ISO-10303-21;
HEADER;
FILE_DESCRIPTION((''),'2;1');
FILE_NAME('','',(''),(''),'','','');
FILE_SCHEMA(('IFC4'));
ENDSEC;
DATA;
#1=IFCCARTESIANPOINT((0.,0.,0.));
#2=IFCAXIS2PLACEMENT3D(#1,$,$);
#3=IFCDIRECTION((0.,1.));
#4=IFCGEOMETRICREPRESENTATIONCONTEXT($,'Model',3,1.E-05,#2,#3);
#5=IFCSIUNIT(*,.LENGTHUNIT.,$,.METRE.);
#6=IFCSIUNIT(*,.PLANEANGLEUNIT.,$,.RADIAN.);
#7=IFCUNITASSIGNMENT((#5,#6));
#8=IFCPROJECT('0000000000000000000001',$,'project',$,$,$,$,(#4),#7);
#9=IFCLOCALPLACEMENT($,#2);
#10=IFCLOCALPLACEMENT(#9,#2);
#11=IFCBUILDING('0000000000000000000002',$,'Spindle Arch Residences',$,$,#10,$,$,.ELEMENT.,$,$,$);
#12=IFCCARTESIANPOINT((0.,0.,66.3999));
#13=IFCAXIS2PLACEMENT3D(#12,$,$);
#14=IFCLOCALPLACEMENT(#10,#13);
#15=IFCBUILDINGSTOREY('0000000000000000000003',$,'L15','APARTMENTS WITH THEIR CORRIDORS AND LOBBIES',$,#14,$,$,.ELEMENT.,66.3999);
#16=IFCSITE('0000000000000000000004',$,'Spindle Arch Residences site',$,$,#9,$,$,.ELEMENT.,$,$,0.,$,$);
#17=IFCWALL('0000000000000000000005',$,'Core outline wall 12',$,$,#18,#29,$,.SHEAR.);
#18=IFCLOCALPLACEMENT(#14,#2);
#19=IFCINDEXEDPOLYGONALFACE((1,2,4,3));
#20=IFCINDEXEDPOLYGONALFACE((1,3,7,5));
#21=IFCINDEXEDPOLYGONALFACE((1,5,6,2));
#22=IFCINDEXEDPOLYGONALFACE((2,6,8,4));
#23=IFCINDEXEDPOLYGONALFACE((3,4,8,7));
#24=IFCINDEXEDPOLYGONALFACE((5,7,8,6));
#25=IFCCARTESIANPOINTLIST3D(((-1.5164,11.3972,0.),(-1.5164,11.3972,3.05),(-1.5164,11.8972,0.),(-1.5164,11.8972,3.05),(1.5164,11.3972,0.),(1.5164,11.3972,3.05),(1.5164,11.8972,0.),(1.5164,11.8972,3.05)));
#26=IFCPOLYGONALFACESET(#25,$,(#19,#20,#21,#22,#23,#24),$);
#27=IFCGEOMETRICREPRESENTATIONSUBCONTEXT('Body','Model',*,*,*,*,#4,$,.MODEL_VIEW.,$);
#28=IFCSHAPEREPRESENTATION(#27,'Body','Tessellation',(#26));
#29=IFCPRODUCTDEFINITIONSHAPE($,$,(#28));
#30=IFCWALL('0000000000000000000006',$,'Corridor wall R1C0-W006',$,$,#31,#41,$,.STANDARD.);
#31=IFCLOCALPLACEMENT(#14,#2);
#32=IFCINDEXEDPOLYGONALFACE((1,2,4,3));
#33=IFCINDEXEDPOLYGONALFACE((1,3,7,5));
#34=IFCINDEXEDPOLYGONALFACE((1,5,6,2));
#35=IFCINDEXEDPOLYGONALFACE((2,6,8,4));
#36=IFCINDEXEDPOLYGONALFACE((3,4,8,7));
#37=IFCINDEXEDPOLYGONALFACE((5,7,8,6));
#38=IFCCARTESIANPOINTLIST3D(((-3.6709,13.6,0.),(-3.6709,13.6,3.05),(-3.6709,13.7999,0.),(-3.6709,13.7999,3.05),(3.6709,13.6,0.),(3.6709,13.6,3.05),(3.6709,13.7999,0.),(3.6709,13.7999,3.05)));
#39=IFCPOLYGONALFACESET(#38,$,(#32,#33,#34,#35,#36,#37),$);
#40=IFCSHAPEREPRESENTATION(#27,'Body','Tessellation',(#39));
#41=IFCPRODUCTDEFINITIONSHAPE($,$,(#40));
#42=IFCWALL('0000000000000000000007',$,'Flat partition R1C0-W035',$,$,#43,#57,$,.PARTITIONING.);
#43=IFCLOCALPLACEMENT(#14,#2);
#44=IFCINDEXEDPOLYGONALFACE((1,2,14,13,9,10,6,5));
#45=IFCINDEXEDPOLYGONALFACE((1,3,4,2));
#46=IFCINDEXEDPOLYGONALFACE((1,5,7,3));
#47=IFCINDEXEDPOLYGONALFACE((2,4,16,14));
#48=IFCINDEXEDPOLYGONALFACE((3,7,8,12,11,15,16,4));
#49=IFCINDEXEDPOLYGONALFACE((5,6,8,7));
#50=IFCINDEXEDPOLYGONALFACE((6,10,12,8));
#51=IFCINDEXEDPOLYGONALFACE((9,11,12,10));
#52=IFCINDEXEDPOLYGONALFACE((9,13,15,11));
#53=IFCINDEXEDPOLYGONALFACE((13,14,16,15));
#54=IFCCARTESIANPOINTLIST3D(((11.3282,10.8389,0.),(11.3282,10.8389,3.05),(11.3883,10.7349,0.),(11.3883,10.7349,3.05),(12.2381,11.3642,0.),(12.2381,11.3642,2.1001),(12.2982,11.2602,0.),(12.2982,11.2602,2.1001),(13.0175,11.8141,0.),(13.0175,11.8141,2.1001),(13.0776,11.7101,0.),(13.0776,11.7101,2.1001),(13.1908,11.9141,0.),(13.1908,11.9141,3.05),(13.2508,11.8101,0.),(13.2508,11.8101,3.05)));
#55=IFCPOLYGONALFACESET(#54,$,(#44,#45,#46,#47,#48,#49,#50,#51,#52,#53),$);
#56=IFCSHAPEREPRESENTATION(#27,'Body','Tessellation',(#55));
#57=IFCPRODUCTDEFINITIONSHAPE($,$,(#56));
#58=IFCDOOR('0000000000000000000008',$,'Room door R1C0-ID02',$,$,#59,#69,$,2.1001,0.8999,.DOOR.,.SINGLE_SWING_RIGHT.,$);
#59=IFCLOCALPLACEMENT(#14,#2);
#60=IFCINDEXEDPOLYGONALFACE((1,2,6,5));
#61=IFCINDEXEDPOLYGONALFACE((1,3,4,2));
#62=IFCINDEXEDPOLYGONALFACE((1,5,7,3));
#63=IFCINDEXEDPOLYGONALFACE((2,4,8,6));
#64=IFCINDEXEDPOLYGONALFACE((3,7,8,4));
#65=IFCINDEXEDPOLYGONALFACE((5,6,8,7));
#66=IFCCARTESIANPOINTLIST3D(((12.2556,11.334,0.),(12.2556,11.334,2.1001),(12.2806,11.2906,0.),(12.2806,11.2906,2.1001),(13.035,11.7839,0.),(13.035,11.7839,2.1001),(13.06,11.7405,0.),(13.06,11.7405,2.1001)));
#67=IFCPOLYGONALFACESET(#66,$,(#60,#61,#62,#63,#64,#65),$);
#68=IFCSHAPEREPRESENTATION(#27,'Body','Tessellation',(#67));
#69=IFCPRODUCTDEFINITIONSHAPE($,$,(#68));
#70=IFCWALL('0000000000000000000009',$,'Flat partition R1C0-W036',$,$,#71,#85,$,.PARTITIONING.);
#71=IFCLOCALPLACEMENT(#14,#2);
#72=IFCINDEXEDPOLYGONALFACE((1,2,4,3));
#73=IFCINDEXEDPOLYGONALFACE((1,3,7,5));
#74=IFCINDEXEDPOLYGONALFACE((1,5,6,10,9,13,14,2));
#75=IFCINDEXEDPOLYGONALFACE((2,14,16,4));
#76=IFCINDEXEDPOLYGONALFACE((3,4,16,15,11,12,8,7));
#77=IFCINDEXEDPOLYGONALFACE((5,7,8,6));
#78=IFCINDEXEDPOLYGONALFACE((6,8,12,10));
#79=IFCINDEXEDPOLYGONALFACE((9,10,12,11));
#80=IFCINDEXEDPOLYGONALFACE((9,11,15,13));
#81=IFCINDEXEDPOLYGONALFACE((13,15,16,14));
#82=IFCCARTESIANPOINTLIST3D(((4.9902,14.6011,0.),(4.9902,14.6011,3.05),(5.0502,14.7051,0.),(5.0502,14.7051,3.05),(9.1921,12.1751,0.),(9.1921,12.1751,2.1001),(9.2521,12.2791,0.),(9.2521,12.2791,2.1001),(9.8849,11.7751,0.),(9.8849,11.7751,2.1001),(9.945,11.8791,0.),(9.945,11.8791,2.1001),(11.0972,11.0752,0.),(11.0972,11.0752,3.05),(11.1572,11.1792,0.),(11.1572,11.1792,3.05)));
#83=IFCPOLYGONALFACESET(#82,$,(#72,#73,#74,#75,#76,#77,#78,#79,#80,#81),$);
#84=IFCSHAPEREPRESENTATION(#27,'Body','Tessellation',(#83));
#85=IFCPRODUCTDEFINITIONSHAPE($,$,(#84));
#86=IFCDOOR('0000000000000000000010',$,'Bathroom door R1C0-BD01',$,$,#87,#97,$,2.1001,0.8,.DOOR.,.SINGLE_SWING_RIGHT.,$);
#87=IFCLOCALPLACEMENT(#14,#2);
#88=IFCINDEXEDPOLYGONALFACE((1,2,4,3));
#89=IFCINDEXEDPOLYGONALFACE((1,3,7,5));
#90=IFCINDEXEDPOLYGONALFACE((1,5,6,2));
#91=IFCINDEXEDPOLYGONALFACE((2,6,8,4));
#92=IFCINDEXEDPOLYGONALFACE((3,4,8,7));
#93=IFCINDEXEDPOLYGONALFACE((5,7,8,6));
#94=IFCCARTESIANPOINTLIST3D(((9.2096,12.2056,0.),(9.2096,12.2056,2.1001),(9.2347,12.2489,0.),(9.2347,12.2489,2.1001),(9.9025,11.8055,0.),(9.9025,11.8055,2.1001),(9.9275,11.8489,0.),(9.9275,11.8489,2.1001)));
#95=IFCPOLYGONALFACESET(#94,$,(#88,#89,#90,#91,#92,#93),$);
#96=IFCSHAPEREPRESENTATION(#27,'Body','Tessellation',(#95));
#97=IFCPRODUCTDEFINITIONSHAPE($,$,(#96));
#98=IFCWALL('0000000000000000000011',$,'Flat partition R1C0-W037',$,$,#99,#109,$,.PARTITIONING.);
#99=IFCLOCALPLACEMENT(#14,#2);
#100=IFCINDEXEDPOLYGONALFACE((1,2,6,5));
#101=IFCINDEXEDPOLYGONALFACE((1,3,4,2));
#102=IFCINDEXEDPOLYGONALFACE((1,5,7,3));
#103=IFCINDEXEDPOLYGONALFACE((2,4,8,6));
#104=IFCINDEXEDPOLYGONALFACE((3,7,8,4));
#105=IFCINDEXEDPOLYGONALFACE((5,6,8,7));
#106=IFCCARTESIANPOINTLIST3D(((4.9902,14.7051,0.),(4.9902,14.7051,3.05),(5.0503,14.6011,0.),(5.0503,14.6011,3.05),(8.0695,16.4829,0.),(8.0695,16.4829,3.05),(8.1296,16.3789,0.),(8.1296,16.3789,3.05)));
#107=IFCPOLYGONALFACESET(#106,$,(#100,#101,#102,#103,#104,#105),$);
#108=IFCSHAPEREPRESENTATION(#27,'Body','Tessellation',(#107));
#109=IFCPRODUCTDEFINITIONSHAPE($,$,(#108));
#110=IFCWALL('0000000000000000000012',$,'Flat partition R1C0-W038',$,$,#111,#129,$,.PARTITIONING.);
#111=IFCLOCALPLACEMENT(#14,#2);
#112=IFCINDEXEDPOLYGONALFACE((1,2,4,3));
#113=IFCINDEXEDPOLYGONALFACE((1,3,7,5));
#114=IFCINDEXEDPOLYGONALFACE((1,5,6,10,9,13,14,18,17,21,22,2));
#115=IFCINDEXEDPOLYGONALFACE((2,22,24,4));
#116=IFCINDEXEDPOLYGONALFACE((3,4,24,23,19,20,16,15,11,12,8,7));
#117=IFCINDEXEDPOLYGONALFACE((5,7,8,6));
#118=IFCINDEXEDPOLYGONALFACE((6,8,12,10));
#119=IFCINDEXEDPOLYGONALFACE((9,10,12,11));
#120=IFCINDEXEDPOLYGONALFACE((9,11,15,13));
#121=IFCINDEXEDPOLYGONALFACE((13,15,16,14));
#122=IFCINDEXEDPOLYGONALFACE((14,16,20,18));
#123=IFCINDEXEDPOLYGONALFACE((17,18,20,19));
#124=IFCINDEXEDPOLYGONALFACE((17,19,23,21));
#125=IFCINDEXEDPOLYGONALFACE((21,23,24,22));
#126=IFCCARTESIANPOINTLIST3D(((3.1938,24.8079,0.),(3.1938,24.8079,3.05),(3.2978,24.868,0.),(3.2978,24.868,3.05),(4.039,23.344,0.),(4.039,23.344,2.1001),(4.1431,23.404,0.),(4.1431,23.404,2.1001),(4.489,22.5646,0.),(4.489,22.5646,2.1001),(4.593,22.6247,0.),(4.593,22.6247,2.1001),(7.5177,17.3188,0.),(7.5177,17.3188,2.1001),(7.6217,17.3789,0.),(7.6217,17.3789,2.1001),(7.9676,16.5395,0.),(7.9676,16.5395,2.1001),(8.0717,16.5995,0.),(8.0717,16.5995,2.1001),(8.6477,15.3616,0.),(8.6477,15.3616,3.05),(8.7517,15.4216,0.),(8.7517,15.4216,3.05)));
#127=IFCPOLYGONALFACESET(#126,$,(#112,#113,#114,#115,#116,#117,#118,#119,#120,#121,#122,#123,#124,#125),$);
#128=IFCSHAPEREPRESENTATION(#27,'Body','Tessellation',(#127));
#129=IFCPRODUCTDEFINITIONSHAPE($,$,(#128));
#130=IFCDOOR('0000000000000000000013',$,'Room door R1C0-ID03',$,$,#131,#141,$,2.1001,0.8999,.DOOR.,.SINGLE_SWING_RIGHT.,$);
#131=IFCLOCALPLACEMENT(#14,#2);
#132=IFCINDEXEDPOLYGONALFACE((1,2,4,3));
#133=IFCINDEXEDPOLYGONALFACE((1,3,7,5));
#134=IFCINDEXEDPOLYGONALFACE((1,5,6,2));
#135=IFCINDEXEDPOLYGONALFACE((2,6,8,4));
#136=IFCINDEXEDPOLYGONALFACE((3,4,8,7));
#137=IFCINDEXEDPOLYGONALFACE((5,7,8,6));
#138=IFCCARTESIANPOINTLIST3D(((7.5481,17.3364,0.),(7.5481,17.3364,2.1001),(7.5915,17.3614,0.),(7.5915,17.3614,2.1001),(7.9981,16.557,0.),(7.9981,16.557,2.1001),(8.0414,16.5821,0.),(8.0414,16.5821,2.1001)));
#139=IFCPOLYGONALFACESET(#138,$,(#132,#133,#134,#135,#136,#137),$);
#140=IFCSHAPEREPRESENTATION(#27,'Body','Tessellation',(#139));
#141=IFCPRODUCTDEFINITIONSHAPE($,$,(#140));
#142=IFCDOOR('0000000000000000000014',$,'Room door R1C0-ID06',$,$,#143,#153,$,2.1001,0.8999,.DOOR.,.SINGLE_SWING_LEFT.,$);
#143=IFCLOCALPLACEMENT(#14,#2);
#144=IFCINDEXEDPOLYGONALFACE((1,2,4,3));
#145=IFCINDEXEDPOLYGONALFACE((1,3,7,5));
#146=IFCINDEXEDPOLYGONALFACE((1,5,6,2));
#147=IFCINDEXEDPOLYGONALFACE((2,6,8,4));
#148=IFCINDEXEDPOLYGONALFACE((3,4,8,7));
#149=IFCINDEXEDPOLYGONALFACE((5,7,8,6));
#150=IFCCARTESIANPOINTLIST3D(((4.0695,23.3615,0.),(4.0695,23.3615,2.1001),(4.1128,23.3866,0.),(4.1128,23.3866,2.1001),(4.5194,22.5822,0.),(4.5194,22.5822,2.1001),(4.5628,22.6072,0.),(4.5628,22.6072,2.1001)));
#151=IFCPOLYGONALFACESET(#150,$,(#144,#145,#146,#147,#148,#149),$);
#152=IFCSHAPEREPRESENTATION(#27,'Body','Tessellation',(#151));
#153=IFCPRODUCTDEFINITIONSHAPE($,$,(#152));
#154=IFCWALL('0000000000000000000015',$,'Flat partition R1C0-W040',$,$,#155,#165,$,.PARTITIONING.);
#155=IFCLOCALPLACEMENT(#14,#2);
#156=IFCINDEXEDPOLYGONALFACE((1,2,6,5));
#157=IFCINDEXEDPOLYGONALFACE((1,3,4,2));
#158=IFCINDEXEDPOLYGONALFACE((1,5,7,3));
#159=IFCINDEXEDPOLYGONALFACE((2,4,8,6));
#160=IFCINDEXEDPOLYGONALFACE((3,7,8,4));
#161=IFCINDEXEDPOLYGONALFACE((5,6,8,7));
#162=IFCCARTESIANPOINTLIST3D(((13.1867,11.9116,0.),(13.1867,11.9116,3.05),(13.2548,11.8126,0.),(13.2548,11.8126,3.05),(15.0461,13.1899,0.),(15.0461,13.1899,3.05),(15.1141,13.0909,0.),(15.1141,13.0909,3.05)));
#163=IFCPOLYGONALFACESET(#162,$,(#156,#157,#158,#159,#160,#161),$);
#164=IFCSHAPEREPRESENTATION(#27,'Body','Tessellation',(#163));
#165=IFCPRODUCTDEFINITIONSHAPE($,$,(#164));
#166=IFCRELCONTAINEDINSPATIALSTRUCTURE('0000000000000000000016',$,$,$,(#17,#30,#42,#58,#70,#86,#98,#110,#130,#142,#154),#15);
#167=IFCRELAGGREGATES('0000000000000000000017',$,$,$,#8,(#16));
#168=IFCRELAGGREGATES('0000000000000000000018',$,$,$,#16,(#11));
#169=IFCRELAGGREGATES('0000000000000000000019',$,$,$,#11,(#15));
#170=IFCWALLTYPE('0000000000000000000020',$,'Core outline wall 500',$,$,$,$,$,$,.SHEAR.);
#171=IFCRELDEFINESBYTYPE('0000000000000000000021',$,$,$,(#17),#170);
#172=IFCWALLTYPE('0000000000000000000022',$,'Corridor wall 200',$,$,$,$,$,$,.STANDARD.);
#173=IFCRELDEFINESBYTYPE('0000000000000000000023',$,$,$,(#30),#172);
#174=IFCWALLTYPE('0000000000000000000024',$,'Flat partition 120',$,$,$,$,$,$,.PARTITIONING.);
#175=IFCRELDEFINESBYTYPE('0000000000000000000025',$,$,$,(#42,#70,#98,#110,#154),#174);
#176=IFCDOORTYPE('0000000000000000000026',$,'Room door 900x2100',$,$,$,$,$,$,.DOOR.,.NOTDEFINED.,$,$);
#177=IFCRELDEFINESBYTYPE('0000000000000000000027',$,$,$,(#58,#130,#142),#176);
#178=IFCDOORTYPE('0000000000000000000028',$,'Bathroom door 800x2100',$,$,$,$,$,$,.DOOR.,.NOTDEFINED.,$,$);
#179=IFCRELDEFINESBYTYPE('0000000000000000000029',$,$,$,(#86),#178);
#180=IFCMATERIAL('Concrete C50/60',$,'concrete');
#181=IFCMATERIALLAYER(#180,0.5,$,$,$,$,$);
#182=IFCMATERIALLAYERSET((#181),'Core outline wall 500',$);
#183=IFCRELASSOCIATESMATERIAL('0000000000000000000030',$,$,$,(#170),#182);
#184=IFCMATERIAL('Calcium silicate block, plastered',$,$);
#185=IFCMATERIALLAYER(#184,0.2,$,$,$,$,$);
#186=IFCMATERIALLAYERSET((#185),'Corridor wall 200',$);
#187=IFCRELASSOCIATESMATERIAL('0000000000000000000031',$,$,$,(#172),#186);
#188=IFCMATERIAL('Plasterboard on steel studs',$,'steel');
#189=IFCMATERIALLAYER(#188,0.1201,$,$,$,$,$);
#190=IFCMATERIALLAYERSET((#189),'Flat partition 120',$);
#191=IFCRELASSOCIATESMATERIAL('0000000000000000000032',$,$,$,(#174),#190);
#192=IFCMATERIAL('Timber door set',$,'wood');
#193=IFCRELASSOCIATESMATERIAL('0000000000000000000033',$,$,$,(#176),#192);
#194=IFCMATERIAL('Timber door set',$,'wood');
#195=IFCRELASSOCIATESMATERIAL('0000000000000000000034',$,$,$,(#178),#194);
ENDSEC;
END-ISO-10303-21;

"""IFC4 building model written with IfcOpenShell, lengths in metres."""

from ifc_helpers import new_model, si_unit, direction, frame, frame_2d, origin, place, context, subcontext, project, spatial, rectangle, extrude, material, layer, layer_set, type_object, element, fill, save


model = new_model("IFC4")

# Units and contexts
model_context = context("Model", 3, precision=1e-05, world=origin(), true_north=direction((0.0, 1.0)))
body_context = subcontext(model_context, "Body", "Model", "MODEL_VIEW")
ifc_project = project(units=[si_unit("LENGTHUNIT", "METRE"), si_unit("PLANEANGLEUNIT", "RADIAN")], contexts=[model_context])

# Site, building, storey
site_placement = place(None, origin())
site = spatial("IfcSite", under=ifc_project, at=site_placement, Name="Spindle Arch Residences site", CompositionType="ELEMENT", RefElevation=0.0)
building_placement = place(site_placement, origin())
building = spatial("IfcBuilding", under=site, at=building_placement, Name="Spindle Arch Residences", CompositionType="ELEMENT")
storey_placement = place(building_placement, frame((0.0, 0.0, 66.3999)))
storey = spatial("IfcBuildingStorey", under=building, at=storey_placement, Name="L15", Description="APARTMENTS WITH THEIR CORRIDORS AND LOBBIES", CompositionType="ELEMENT", Elevation=66.3999)

# Walls
ifc_material_1 = material(Name="Concrete C50/60", Category="concrete")
ifc_layer_1 = layer(ifc_material_1, 0.5)
ifc_layer_set_1 = layer_set([ifc_layer_1], Name="Core outline wall 500")
wall_type_1 = type_object("IfcWallType", Name="Core outline wall 500", PredefinedType="SHEAR", material=ifc_layer_set_1)
wall_1_placement = place(storey_placement, frame((1.5164, 11.6472, 0.0), z_axis=(0.0, 0.0, 1.0), x_axis=(-1.0, 0.0, 0.0)))
element("IfcWall", 1, at=wall_1_placement, inside=storey, type_object=wall_type_1, Name="Core outline wall 12", PredefinedType="SHEAR", context=body_context, shape_type="SweptSolid", body=[
    extrude(rectangle(XDim=3.0327, YDim=0.5, at=frame_2d((1.5164, 0.0))), origin(), (0.0, 0.0, 1.0), 3.05),
])
ifc_material_2 = material(Name="Calcium silicate block, plastered")
ifc_layer_2 = layer(ifc_material_2, 0.2)
ifc_layer_set_2 = layer_set([ifc_layer_2], Name="Corridor wall 200")
wall_type_2 = type_object("IfcWallType", Name="Corridor wall 200", PredefinedType="STANDARD", material=ifc_layer_set_2)
wall_2_placement = place(storey_placement, frame((3.6709, 13.7, 0.0), z_axis=(0.0, 0.0, 1.0), x_axis=(-1.0, 0.0, 0.0)))
element("IfcWall", 2, at=wall_2_placement, inside=storey, type_object=wall_type_2, Name="Corridor wall R1C0-W006", PredefinedType="STANDARD", context=body_context, shape_type="SweptSolid", body=[
    extrude(rectangle(XDim=7.3418, YDim=0.2, at=frame_2d((3.6709, 0.0))), origin(), (0.0, 0.0, 1.0), 3.05),
])

# Walls, openings, doors
ifc_material_3 = material(Name="Plasterboard on steel studs", Category="steel")
ifc_layer_3 = layer(ifc_material_3, 0.1201)
ifc_layer_set_3 = layer_set([ifc_layer_3], Name="Flat partition 120")
wall_type_3 = type_object("IfcWallType", Name="Flat partition 120", PredefinedType="PARTITIONING", material=ifc_layer_set_3)
wall_3_placement = place(storey_placement, frame((13.2207, 11.8621, 0.0), z_axis=(0.0, 0.0, 1.0), x_axis=(-0.866055, -0.499948, 0.0)))
wall_3 = element("IfcWall", 3, at=wall_3_placement, inside=storey, type_object=wall_type_3, Name="Flat partition R1C0-W035", PredefinedType="PARTITIONING", context=body_context, shape_type="SweptSolid", body=[
    extrude(rectangle(XDim=2.1506, YDim=0.1201, at=frame_2d((1.0752, 0.0))), origin(), (0.0, 0.0, 1.0), 3.05),
])
opening_1_placement = place(wall_3_placement, frame((0.2, 0.0, 0.0)))
opening_1 = element("IfcOpeningElement", 4, at=opening_1_placement, cuts=wall_3, PredefinedType="OPENING", context=body_context, shape_type="SweptSolid", body=[
    extrude(rectangle(XDim=0.8999, YDim=2.1001, at=frame_2d((0.45, 1.05))), frame((0.0, 0.0701, 0.0), z_axis=(0.0, -1.0, 0.0), x_axis=(1.0, 0.0, 0.0)), (0.0, 0.0, 1.0), 0.1401),
])
ifc_material_4 = material(Name="Timber door set", Category="wood")
door_type_1 = type_object("IfcDoorType", Name="Room door 900x2100", OperationType="NOTDEFINED", PredefinedType="DOOR", material=ifc_material_4)
door_1_placement = place(opening_1_placement, origin())
door_1 = element("IfcDoor", 5, at=door_1_placement, inside=storey, type_object=door_type_1, Name="Room door R1C0-ID02", OperationType="SINGLE_SWING_RIGHT", OverallHeight=2.1001, OverallWidth=0.8999, PredefinedType="DOOR", context=body_context, shape_type="SweptSolid", body=[
    extrude(rectangle(XDim=0.8999, YDim=2.1001, at=frame_2d((0.45, 1.05))), frame((0.0, 0.0249, 0.0), z_axis=(0.0, -1.0, 0.0), x_axis=(1.0, 0.0, 0.0)), (0.0, 0.0, 1.0), 0.05),
])
fill(opening_1, door_1)
wall_4_placement = place(storey_placement, frame((11.1272, 11.1272, 0.0), z_axis=(0.0, 0.0, 1.0), x_axis=(-0.866023, 0.500004, 0.0)))
wall_4 = element("IfcWall", 6, at=wall_4_placement, inside=storey, type_object=wall_type_3, Name="Flat partition R1C0-W036", PredefinedType="PARTITIONING", context=body_context, shape_type="SweptSolid", body=[
    extrude(rectangle(XDim=7.0518, YDim=0.1201, at=frame_2d((3.5259, 0.0))), origin(), (0.0, 0.0, 1.0), 3.05),
])
opening_2_placement = place(wall_4_placement, frame((1.3999, 0.0, 0.0)))
opening_2 = element("IfcOpeningElement", 7, at=opening_2_placement, cuts=wall_4, PredefinedType="OPENING", context=body_context, shape_type="SweptSolid", body=[
    extrude(rectangle(XDim=0.8, YDim=2.1001, at=frame_2d((0.3999, 1.05))), frame((0.0, 0.0701, 0.0), z_axis=(0.0, -1.0, 0.0), x_axis=(1.0, 0.0, 0.0)), (0.0, 0.0, 1.0), 0.1401),
])
ifc_material_5 = material(Name="Timber door set", Category="wood")
door_type_2 = type_object("IfcDoorType", Name="Bathroom door 800x2100", OperationType="NOTDEFINED", PredefinedType="DOOR", material=ifc_material_5)
door_2_placement = place(opening_2_placement, origin())
door_2 = element("IfcDoor", 8, at=door_2_placement, inside=storey, type_object=door_type_2, Name="Bathroom door R1C0-BD01", OperationType="SINGLE_SWING_RIGHT", OverallHeight=2.1001, OverallWidth=0.8, PredefinedType="DOOR", context=body_context, shape_type="SweptSolid", body=[
    extrude(rectangle(XDim=0.8, YDim=2.1001, at=frame_2d((0.3999, 1.05))), frame((0.0, 0.0249, 0.0), z_axis=(0.0, -1.0, 0.0), x_axis=(1.0, 0.0, 0.0)), (0.0, 0.0, 1.0), 0.05),
])
fill(opening_2, door_2)

# Wall
wall_5_placement = place(storey_placement, frame((5.0203, 14.6531, 0.0), z_axis=(0.0, 0.0, 1.0), x_axis=(0.866029, 0.499994, 0.0)))
element("IfcWall", 9, at=wall_5_placement, inside=storey, type_object=wall_type_3, Name="Flat partition R1C0-W037", PredefinedType="PARTITIONING", context=body_context, shape_type="SweptSolid", body=[
    extrude(rectangle(XDim=3.5557, YDim=0.1201, at=frame_2d((1.7778, 0.0))), origin(), (0.0, 0.0, 1.0), 3.05),
])

# Wall, openings, doors
wall_6_placement = place(storey_placement, frame((8.6997, 15.3916, 0.0), z_axis=(0.0, 0.0, 1.0), x_axis=(-0.500003, 0.866024, 0.0)))
wall_6 = element("IfcWall", 10, at=wall_6_placement, inside=storey, type_object=wall_type_3, Name="Flat partition R1C0-W038", PredefinedType="PARTITIONING", context=body_context, shape_type="SweptSolid", body=[
    extrude(rectangle(XDim=10.9077, YDim=0.1201, at=frame_2d((5.4539, 0.0))), origin(), (0.0, 0.0, 1.0), 3.05),
])
opening_3_placement = place(wall_6_placement, frame((1.3601, 0.0, 0.0)))
opening_3 = element("IfcOpeningElement", 11, at=opening_3_placement, cuts=wall_6, PredefinedType="OPENING", context=body_context, shape_type="SweptSolid", body=[
    extrude(rectangle(XDim=0.8999, YDim=2.1001, at=frame_2d((0.45, 1.05))), frame((0.0, 0.0701, 0.0), z_axis=(0.0, -1.0, 0.0), x_axis=(1.0, 0.0, 0.0)), (0.0, 0.0, 1.0), 0.1401),
])
opening_4_placement = place(wall_6_placement, frame((8.3174, 0.0, 0.0)))
opening_4 = element("IfcOpeningElement", 12, at=opening_4_placement, cuts=wall_6, PredefinedType="OPENING", context=body_context, shape_type="SweptSolid", body=[
    extrude(rectangle(XDim=0.8999, YDim=2.1001, at=frame_2d((0.45, 1.05))), frame((0.0, 0.0701, 0.0), z_axis=(0.0, -1.0, 0.0), x_axis=(1.0, 0.0, 0.0)), (0.0, 0.0, 1.0), 0.1401),
])
door_3_placement = place(opening_3_placement, origin())
door_3 = element("IfcDoor", 13, at=door_3_placement, inside=storey, type_object=door_type_1, Name="Room door R1C0-ID03", OperationType="SINGLE_SWING_RIGHT", OverallHeight=2.1001, OverallWidth=0.8999, PredefinedType="DOOR", context=body_context, shape_type="SweptSolid", body=[
    extrude(rectangle(XDim=0.8999, YDim=2.1001, at=frame_2d((0.45, 1.05))), frame((0.0, 0.0249, 0.0), z_axis=(0.0, -1.0, 0.0), x_axis=(1.0, 0.0, 0.0)), (0.0, 0.0, 1.0), 0.05),
])
fill(opening_3, door_3)
door_4_placement = place(opening_4_placement, origin())
door_4 = element("IfcDoor", 14, at=door_4_placement, inside=storey, type_object=door_type_1, Name="Room door R1C0-ID06", OperationType="SINGLE_SWING_LEFT", OverallHeight=2.1001, OverallWidth=0.8999, PredefinedType="DOOR", context=body_context, shape_type="SweptSolid", body=[
    extrude(rectangle(XDim=0.8999, YDim=2.1001, at=frame_2d((0.45, 1.05))), frame((0.0, 0.0249, 0.0), z_axis=(0.0, -1.0, 0.0), x_axis=(1.0, 0.0, 0.0)), (0.0, 0.0, 1.0), 0.05),
])
fill(opening_4, door_4)

# Wall
wall_7_placement = place(storey_placement, frame((15.0801, 13.1404, 0.0), z_axis=(0.0, 0.0, 1.0), x_axis=(-0.824042, -0.566529, 0.0)))
element("IfcWall", 15, at=wall_7_placement, inside=storey, type_object=wall_type_3, Name="Flat partition R1C0-W040", PredefinedType="PARTITIONING", context=body_context, shape_type="SweptSolid", body=[
    extrude(rectangle(XDim=2.2563, YDim=0.1201, at=frame_2d((1.1282, 0.0))), origin(), (0.0, 0.0, 1.0), 3.05),
])

save(model, "model.ifc")
